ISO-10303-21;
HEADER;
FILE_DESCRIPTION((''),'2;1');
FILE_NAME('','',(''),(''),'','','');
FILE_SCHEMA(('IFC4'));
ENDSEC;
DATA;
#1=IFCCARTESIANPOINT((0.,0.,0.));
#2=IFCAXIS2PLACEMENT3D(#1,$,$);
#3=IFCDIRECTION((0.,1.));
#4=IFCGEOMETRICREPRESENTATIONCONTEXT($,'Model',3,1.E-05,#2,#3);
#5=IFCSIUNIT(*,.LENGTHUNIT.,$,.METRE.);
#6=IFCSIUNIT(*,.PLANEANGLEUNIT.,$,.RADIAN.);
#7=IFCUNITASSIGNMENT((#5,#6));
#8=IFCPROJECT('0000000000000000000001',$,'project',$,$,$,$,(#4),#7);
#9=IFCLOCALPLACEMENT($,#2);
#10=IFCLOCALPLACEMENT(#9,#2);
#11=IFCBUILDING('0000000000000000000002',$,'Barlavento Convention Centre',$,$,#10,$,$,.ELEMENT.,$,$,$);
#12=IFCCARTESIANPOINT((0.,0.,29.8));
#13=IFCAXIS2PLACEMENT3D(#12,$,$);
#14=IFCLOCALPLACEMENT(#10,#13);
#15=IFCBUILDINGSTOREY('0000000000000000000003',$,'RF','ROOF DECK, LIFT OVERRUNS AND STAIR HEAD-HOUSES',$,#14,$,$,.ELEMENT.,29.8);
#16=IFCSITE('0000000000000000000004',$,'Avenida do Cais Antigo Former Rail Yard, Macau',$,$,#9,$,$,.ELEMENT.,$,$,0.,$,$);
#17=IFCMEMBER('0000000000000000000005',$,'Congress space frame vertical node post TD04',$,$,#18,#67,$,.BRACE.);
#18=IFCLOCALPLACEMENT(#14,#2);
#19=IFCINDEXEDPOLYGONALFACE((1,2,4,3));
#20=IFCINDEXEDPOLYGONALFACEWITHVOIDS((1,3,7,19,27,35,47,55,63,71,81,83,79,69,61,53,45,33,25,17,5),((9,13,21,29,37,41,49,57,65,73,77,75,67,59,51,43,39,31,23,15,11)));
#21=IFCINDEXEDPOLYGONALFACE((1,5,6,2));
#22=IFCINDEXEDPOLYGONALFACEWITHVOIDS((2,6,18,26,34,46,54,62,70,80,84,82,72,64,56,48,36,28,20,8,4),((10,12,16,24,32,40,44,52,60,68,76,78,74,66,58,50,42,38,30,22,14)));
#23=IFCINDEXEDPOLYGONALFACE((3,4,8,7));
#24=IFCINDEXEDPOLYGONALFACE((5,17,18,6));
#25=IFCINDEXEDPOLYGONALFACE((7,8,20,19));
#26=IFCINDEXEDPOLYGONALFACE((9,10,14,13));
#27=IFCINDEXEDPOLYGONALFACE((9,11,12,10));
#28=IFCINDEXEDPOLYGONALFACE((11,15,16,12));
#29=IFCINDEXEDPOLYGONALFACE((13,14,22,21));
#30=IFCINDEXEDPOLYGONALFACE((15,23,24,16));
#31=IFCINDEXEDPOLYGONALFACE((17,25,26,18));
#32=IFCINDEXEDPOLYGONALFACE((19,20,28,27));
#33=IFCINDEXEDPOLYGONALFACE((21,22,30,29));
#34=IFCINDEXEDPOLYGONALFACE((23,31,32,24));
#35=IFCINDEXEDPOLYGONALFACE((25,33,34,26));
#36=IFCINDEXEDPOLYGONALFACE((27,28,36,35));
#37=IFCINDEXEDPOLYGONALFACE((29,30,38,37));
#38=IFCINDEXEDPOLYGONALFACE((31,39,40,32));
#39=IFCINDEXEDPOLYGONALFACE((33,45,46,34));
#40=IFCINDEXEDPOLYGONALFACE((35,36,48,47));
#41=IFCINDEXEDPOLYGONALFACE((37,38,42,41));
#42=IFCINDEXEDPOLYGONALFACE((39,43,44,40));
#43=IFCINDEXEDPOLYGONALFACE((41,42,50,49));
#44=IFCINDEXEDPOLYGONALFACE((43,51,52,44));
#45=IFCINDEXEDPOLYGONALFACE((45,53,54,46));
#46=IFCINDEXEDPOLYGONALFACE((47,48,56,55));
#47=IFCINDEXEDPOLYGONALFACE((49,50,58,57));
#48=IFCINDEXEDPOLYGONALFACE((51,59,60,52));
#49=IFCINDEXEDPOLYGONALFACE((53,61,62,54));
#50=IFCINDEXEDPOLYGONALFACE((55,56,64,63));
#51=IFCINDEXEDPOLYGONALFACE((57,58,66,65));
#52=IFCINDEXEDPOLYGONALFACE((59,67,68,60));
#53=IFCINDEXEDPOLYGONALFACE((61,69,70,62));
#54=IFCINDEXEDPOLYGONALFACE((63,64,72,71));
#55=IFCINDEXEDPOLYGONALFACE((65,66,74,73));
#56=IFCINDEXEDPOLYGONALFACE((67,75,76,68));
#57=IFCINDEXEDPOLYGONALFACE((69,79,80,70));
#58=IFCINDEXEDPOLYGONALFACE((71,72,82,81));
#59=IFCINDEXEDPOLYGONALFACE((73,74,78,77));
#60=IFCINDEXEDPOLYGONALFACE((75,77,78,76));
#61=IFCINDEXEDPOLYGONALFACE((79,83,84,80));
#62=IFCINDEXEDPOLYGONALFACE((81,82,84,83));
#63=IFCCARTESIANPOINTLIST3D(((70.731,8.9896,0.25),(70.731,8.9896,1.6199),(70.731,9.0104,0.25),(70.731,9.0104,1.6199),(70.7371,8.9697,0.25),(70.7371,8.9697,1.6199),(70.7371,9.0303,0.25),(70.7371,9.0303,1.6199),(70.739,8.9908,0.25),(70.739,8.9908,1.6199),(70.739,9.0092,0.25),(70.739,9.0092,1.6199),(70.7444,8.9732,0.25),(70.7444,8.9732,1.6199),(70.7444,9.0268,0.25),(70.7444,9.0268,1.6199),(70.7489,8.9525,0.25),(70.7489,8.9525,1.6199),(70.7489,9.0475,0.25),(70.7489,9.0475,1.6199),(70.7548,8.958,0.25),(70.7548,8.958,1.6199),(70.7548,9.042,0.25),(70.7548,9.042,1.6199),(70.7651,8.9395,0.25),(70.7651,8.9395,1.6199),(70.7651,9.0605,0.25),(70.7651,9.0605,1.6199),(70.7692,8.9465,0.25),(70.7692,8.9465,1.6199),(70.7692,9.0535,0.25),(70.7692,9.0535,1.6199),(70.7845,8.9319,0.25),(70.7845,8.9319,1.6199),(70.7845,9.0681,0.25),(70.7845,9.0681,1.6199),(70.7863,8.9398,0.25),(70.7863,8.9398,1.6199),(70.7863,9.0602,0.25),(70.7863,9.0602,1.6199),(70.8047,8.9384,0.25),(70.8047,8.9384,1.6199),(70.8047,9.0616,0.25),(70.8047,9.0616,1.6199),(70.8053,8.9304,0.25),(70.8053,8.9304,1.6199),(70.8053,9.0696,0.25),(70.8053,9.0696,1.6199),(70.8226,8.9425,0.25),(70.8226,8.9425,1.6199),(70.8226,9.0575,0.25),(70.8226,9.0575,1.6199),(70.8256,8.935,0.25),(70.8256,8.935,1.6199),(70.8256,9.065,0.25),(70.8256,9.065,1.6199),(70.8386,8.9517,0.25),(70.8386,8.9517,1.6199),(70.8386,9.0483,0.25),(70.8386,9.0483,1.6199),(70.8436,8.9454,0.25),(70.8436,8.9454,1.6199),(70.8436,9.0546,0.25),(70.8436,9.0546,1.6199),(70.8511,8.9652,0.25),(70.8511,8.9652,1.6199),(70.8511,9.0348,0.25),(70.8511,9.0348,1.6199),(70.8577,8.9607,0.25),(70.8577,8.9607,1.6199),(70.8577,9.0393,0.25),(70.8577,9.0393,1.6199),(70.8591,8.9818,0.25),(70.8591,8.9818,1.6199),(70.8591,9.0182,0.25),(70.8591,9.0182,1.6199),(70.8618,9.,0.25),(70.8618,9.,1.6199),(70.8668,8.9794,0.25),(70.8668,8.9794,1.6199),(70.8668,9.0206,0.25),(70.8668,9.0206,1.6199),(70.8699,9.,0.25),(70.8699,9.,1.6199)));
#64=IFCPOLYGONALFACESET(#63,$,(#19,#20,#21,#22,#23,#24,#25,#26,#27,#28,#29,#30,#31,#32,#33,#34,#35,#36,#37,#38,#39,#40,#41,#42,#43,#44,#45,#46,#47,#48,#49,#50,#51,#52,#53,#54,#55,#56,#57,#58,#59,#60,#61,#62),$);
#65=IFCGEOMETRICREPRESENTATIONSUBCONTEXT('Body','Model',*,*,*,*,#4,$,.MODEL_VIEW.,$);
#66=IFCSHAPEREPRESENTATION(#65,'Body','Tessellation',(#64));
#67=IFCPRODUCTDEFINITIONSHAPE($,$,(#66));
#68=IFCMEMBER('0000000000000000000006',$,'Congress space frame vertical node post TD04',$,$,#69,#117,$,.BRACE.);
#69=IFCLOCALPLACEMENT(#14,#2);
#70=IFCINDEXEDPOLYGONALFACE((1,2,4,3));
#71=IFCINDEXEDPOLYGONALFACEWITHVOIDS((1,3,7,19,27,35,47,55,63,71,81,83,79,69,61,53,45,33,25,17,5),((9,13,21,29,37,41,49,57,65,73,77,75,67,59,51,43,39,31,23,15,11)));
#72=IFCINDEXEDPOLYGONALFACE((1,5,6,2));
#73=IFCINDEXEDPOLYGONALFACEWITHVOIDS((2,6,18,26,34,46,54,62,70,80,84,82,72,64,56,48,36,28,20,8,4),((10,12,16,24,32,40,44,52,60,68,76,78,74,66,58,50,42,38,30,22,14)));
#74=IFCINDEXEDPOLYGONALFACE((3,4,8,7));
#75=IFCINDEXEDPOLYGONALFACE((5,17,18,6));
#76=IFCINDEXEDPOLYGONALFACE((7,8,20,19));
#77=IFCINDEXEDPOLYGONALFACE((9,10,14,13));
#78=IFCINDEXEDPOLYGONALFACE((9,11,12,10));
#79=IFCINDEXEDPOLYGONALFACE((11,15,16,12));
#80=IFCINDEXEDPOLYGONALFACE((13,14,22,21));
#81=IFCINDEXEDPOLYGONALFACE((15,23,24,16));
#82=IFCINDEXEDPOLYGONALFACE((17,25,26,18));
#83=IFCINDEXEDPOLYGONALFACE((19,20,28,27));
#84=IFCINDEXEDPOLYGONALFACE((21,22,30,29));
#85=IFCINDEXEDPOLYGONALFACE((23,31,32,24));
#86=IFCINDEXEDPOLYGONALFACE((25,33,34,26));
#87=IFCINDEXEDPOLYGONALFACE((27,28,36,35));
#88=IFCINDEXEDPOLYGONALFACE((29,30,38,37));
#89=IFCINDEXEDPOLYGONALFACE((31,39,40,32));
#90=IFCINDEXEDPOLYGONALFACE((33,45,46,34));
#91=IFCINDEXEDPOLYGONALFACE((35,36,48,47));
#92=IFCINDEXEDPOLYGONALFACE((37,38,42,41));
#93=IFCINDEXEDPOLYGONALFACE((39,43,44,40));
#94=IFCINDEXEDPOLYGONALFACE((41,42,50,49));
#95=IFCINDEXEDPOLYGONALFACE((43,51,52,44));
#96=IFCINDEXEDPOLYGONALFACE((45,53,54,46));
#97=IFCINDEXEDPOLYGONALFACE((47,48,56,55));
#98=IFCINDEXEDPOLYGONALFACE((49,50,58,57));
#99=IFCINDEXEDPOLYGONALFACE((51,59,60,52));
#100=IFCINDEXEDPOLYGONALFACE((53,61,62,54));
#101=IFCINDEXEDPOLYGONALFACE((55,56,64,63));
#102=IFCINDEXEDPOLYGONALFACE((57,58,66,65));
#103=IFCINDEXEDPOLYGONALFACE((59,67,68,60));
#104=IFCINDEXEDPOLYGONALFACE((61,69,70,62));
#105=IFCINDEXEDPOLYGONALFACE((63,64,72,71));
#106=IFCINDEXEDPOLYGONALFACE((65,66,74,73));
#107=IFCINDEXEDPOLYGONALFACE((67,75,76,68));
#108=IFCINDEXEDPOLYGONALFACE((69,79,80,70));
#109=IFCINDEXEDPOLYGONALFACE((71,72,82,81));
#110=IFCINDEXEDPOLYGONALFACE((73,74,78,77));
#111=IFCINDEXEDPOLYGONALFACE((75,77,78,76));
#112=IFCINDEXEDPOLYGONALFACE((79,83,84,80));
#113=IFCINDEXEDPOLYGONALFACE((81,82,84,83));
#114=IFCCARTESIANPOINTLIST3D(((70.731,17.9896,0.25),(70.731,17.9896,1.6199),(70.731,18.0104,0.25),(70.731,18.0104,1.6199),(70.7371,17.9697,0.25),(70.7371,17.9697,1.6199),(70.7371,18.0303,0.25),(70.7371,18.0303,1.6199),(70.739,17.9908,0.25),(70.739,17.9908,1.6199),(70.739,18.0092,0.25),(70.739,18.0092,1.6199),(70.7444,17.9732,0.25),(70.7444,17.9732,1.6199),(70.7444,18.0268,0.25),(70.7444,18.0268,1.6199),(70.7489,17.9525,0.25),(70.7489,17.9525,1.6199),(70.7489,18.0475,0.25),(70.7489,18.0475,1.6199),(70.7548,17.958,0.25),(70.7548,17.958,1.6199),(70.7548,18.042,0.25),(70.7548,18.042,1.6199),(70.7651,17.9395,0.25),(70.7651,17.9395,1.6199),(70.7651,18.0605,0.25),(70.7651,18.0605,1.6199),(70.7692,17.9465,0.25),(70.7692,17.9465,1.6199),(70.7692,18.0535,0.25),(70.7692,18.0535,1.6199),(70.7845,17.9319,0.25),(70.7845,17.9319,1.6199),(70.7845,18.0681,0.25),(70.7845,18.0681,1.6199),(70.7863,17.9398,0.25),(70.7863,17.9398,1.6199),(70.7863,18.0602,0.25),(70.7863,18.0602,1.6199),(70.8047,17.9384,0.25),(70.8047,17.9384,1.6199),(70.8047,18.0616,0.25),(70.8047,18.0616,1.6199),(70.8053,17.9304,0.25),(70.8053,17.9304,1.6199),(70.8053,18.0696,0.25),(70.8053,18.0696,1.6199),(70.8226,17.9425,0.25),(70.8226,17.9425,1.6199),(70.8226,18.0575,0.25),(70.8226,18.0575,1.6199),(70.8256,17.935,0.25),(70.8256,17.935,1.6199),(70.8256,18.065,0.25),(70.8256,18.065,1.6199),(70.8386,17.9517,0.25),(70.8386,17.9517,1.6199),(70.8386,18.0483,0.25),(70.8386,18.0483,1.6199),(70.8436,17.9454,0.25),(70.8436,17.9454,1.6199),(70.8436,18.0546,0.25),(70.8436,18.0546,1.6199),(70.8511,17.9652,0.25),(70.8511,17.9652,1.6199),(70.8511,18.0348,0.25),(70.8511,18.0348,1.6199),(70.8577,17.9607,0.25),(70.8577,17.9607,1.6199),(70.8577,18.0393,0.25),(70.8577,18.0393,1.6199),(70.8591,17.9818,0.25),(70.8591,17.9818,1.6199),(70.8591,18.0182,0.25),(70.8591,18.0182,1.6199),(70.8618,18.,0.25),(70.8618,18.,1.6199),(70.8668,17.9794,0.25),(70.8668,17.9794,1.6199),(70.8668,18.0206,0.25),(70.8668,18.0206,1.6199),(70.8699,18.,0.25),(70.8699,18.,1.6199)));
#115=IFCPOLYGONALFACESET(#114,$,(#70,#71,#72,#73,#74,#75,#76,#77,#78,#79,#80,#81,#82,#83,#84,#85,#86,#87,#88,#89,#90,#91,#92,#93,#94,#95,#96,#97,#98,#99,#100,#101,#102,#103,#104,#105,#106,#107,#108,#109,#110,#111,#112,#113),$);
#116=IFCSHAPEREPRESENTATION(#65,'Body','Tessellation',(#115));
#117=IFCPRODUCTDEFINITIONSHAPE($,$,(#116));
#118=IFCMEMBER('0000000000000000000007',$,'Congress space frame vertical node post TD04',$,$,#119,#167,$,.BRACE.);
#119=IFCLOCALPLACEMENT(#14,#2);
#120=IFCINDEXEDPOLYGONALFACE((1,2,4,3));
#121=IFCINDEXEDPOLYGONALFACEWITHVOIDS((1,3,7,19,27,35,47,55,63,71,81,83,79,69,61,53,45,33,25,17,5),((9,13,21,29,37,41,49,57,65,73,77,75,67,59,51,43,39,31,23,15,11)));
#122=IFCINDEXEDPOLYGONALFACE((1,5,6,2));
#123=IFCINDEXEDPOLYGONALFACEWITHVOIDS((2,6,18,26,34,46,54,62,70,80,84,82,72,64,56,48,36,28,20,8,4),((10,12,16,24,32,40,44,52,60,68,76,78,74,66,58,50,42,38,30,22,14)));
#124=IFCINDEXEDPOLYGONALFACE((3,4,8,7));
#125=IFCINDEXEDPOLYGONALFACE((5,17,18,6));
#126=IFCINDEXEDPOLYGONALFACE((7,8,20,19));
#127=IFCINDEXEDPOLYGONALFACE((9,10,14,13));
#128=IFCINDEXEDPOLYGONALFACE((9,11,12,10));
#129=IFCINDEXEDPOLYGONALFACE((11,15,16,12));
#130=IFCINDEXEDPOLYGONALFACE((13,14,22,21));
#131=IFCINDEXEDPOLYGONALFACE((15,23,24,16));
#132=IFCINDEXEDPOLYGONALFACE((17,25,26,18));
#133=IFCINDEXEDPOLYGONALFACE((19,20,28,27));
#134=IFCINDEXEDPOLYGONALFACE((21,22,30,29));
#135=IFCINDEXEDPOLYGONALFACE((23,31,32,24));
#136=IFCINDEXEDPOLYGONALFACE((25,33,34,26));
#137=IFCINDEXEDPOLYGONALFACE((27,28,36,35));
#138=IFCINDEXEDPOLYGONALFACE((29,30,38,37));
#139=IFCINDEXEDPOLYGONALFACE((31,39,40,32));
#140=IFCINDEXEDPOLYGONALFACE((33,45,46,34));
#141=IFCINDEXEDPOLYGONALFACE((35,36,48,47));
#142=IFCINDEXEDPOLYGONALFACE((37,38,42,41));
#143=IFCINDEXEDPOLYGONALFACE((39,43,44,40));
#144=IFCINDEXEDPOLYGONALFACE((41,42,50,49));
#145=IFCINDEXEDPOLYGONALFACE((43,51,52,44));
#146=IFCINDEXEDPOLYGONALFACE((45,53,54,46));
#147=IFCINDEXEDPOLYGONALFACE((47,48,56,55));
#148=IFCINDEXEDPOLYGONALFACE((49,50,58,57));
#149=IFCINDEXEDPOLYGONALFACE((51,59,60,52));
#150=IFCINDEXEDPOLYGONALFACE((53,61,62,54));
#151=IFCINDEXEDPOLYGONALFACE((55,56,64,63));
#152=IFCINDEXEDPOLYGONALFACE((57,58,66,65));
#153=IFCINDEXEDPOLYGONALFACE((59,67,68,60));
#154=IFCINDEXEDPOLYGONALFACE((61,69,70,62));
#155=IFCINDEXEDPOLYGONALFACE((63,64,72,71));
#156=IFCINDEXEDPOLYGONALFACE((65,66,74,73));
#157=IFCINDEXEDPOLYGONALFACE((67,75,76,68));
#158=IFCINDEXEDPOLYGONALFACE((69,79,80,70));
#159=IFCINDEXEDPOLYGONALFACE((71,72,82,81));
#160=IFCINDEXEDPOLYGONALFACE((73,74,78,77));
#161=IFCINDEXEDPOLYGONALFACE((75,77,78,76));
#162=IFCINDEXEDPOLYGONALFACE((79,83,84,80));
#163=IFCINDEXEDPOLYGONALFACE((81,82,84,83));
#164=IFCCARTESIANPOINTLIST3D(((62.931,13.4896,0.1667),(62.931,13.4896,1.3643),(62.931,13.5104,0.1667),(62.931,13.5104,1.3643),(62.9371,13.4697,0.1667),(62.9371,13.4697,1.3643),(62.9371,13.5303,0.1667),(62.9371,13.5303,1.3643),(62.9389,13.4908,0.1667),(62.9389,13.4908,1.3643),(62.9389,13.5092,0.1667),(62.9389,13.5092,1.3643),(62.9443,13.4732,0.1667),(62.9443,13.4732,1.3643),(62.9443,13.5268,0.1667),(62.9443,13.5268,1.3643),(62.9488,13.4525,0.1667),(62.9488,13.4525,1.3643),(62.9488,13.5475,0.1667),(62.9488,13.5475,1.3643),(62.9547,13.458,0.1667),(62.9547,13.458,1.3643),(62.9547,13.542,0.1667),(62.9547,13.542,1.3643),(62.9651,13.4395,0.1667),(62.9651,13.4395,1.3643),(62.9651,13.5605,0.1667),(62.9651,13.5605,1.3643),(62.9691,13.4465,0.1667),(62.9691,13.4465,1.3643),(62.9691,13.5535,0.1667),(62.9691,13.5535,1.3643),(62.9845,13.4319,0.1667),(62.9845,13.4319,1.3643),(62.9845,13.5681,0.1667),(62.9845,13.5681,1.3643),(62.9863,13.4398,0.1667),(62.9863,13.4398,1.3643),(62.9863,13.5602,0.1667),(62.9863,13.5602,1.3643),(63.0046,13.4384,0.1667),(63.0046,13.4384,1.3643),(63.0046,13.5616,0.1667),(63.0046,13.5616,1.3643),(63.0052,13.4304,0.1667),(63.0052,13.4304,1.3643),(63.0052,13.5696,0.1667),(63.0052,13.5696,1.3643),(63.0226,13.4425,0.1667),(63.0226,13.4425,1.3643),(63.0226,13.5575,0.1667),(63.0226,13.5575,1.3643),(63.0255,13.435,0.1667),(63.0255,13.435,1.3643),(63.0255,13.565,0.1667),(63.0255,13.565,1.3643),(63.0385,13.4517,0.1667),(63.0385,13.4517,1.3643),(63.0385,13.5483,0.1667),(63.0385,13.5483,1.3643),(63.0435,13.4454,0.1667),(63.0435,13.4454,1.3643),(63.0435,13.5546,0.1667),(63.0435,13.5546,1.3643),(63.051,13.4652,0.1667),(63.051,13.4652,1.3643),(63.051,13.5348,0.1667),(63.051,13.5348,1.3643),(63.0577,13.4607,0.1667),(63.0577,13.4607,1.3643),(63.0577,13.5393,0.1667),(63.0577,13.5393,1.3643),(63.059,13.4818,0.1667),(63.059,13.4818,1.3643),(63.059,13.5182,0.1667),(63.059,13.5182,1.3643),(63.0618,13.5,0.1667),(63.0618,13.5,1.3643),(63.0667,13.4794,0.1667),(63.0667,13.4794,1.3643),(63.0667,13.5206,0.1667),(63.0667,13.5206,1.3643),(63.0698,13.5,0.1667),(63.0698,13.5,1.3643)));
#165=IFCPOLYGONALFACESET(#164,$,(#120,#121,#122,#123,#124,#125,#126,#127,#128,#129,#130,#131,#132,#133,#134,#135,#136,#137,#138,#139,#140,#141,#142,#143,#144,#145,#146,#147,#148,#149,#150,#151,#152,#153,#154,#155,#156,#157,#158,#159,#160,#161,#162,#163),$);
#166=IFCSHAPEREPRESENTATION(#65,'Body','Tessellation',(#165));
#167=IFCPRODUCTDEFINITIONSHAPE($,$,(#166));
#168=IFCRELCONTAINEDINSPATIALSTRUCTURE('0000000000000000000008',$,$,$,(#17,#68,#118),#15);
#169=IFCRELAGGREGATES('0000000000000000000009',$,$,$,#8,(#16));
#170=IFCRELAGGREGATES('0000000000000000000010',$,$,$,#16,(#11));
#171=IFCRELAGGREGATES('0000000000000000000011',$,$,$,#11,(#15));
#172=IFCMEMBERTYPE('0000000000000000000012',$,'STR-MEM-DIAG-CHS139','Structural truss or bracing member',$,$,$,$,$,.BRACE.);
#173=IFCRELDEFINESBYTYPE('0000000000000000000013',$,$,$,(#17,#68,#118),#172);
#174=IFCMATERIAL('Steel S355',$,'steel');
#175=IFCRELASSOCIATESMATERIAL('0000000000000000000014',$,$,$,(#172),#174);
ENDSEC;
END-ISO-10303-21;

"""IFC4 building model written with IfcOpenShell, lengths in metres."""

from ifc_helpers import new_model, si_unit, direction, frame, origin, origin_2d, place, context, subcontext, project, spatial, hollow_circle, extrude, material, material_profile, profile_set, type_object, element, save


model = new_model("IFC4")

# Units and contexts
model_context = context("Model", 3, precision=1e-05, world=origin(), true_north=direction((0.0, 1.0)))
body_context = subcontext(model_context, "Body", "Model", "MODEL_VIEW")
ifc_project = project(units=[si_unit("LENGTHUNIT", "METRE"), si_unit("PLANEANGLEUNIT", "RADIAN")], contexts=[model_context])

# Site, building, storey
site_placement = place(None, origin())
site = spatial("IfcSite", under=ifc_project, at=site_placement, Name="Avenida do Cais Antigo Former Rail Yard, Macau", CompositionType="ELEMENT", RefElevation=0.0)
building_placement = place(site_placement, origin())
building = spatial("IfcBuilding", under=site, at=building_placement, Name="Barlavento Convention Centre", CompositionType="ELEMENT")
storey_placement = place(building_placement, frame((0.0, 0.0, 29.8)))
storey = spatial("IfcBuildingStorey", under=building, at=storey_placement, Name="RF", Description="ROOF DECK, LIFT OVERRUNS AND STAIR HEAD-HOUSES", CompositionType="ELEMENT", Elevation=29.8)

# Shared definitions
ifc_material_1 = material(Name="Steel S355", Category="steel")

# Members
ifc_material_profile_1 = material_profile(ifc_material_1, hollow_circle(Radius=0.0698, WallThickness=0.0081, at=origin_2d()), Name="CHS 139.7x8.0")
ifc_profile_set_1 = profile_set([ifc_material_profile_1], Name="Steel S355")
member_type_1 = type_object("IfcMemberType", Name="STR-MEM-DIAG-CHS139", Description="Structural truss or bracing member", PredefinedType="BRACE", material=ifc_profile_set_1)
for number, where, z_axis, x_axis, name in (
    (1, (70.8, 9.0, 0.25), (0.0, 0.0, 1.0), (1.0, 0.0, 0.0), "Congress space frame vertical node post TD04"),
    (2, (70.8, 18.0, 0.25), (0.0, 0.0, 1.0), (1.0, 0.0, 0.0), "Congress space frame vertical node post TD04"),
):
    element("IfcMember", number, at=place(storey_placement, frame(where, z_axis=z_axis, x_axis=x_axis)), inside=storey, type_object=member_type_1, Name=name, PredefinedType="BRACE", context=body_context, shape_type="SweptSolid", body=[
        extrude(hollow_circle(Radius=0.0698, WallThickness=0.0081, at=origin_2d()), origin(), (0.0, 0.0, 1.0), 1.3699),
    ])
member_1_placement = place(storey_placement, frame((63.0, 13.5, 0.1667), z_axis=(0.0, 0.0, 1.0), x_axis=(1.0, 0.0, 0.0)))
element("IfcMember", 3, at=member_1_placement, inside=storey, type_object=member_type_1, Name="Congress space frame vertical node post TD04", PredefinedType="BRACE", context=body_context, shape_type="SweptSolid", body=[
    extrude(hollow_circle(Radius=0.0698, WallThickness=0.0081, at=origin_2d()), origin(), (0.0, 0.0, 1.0), 1.1975),
])

save(model, "model.ifc")
